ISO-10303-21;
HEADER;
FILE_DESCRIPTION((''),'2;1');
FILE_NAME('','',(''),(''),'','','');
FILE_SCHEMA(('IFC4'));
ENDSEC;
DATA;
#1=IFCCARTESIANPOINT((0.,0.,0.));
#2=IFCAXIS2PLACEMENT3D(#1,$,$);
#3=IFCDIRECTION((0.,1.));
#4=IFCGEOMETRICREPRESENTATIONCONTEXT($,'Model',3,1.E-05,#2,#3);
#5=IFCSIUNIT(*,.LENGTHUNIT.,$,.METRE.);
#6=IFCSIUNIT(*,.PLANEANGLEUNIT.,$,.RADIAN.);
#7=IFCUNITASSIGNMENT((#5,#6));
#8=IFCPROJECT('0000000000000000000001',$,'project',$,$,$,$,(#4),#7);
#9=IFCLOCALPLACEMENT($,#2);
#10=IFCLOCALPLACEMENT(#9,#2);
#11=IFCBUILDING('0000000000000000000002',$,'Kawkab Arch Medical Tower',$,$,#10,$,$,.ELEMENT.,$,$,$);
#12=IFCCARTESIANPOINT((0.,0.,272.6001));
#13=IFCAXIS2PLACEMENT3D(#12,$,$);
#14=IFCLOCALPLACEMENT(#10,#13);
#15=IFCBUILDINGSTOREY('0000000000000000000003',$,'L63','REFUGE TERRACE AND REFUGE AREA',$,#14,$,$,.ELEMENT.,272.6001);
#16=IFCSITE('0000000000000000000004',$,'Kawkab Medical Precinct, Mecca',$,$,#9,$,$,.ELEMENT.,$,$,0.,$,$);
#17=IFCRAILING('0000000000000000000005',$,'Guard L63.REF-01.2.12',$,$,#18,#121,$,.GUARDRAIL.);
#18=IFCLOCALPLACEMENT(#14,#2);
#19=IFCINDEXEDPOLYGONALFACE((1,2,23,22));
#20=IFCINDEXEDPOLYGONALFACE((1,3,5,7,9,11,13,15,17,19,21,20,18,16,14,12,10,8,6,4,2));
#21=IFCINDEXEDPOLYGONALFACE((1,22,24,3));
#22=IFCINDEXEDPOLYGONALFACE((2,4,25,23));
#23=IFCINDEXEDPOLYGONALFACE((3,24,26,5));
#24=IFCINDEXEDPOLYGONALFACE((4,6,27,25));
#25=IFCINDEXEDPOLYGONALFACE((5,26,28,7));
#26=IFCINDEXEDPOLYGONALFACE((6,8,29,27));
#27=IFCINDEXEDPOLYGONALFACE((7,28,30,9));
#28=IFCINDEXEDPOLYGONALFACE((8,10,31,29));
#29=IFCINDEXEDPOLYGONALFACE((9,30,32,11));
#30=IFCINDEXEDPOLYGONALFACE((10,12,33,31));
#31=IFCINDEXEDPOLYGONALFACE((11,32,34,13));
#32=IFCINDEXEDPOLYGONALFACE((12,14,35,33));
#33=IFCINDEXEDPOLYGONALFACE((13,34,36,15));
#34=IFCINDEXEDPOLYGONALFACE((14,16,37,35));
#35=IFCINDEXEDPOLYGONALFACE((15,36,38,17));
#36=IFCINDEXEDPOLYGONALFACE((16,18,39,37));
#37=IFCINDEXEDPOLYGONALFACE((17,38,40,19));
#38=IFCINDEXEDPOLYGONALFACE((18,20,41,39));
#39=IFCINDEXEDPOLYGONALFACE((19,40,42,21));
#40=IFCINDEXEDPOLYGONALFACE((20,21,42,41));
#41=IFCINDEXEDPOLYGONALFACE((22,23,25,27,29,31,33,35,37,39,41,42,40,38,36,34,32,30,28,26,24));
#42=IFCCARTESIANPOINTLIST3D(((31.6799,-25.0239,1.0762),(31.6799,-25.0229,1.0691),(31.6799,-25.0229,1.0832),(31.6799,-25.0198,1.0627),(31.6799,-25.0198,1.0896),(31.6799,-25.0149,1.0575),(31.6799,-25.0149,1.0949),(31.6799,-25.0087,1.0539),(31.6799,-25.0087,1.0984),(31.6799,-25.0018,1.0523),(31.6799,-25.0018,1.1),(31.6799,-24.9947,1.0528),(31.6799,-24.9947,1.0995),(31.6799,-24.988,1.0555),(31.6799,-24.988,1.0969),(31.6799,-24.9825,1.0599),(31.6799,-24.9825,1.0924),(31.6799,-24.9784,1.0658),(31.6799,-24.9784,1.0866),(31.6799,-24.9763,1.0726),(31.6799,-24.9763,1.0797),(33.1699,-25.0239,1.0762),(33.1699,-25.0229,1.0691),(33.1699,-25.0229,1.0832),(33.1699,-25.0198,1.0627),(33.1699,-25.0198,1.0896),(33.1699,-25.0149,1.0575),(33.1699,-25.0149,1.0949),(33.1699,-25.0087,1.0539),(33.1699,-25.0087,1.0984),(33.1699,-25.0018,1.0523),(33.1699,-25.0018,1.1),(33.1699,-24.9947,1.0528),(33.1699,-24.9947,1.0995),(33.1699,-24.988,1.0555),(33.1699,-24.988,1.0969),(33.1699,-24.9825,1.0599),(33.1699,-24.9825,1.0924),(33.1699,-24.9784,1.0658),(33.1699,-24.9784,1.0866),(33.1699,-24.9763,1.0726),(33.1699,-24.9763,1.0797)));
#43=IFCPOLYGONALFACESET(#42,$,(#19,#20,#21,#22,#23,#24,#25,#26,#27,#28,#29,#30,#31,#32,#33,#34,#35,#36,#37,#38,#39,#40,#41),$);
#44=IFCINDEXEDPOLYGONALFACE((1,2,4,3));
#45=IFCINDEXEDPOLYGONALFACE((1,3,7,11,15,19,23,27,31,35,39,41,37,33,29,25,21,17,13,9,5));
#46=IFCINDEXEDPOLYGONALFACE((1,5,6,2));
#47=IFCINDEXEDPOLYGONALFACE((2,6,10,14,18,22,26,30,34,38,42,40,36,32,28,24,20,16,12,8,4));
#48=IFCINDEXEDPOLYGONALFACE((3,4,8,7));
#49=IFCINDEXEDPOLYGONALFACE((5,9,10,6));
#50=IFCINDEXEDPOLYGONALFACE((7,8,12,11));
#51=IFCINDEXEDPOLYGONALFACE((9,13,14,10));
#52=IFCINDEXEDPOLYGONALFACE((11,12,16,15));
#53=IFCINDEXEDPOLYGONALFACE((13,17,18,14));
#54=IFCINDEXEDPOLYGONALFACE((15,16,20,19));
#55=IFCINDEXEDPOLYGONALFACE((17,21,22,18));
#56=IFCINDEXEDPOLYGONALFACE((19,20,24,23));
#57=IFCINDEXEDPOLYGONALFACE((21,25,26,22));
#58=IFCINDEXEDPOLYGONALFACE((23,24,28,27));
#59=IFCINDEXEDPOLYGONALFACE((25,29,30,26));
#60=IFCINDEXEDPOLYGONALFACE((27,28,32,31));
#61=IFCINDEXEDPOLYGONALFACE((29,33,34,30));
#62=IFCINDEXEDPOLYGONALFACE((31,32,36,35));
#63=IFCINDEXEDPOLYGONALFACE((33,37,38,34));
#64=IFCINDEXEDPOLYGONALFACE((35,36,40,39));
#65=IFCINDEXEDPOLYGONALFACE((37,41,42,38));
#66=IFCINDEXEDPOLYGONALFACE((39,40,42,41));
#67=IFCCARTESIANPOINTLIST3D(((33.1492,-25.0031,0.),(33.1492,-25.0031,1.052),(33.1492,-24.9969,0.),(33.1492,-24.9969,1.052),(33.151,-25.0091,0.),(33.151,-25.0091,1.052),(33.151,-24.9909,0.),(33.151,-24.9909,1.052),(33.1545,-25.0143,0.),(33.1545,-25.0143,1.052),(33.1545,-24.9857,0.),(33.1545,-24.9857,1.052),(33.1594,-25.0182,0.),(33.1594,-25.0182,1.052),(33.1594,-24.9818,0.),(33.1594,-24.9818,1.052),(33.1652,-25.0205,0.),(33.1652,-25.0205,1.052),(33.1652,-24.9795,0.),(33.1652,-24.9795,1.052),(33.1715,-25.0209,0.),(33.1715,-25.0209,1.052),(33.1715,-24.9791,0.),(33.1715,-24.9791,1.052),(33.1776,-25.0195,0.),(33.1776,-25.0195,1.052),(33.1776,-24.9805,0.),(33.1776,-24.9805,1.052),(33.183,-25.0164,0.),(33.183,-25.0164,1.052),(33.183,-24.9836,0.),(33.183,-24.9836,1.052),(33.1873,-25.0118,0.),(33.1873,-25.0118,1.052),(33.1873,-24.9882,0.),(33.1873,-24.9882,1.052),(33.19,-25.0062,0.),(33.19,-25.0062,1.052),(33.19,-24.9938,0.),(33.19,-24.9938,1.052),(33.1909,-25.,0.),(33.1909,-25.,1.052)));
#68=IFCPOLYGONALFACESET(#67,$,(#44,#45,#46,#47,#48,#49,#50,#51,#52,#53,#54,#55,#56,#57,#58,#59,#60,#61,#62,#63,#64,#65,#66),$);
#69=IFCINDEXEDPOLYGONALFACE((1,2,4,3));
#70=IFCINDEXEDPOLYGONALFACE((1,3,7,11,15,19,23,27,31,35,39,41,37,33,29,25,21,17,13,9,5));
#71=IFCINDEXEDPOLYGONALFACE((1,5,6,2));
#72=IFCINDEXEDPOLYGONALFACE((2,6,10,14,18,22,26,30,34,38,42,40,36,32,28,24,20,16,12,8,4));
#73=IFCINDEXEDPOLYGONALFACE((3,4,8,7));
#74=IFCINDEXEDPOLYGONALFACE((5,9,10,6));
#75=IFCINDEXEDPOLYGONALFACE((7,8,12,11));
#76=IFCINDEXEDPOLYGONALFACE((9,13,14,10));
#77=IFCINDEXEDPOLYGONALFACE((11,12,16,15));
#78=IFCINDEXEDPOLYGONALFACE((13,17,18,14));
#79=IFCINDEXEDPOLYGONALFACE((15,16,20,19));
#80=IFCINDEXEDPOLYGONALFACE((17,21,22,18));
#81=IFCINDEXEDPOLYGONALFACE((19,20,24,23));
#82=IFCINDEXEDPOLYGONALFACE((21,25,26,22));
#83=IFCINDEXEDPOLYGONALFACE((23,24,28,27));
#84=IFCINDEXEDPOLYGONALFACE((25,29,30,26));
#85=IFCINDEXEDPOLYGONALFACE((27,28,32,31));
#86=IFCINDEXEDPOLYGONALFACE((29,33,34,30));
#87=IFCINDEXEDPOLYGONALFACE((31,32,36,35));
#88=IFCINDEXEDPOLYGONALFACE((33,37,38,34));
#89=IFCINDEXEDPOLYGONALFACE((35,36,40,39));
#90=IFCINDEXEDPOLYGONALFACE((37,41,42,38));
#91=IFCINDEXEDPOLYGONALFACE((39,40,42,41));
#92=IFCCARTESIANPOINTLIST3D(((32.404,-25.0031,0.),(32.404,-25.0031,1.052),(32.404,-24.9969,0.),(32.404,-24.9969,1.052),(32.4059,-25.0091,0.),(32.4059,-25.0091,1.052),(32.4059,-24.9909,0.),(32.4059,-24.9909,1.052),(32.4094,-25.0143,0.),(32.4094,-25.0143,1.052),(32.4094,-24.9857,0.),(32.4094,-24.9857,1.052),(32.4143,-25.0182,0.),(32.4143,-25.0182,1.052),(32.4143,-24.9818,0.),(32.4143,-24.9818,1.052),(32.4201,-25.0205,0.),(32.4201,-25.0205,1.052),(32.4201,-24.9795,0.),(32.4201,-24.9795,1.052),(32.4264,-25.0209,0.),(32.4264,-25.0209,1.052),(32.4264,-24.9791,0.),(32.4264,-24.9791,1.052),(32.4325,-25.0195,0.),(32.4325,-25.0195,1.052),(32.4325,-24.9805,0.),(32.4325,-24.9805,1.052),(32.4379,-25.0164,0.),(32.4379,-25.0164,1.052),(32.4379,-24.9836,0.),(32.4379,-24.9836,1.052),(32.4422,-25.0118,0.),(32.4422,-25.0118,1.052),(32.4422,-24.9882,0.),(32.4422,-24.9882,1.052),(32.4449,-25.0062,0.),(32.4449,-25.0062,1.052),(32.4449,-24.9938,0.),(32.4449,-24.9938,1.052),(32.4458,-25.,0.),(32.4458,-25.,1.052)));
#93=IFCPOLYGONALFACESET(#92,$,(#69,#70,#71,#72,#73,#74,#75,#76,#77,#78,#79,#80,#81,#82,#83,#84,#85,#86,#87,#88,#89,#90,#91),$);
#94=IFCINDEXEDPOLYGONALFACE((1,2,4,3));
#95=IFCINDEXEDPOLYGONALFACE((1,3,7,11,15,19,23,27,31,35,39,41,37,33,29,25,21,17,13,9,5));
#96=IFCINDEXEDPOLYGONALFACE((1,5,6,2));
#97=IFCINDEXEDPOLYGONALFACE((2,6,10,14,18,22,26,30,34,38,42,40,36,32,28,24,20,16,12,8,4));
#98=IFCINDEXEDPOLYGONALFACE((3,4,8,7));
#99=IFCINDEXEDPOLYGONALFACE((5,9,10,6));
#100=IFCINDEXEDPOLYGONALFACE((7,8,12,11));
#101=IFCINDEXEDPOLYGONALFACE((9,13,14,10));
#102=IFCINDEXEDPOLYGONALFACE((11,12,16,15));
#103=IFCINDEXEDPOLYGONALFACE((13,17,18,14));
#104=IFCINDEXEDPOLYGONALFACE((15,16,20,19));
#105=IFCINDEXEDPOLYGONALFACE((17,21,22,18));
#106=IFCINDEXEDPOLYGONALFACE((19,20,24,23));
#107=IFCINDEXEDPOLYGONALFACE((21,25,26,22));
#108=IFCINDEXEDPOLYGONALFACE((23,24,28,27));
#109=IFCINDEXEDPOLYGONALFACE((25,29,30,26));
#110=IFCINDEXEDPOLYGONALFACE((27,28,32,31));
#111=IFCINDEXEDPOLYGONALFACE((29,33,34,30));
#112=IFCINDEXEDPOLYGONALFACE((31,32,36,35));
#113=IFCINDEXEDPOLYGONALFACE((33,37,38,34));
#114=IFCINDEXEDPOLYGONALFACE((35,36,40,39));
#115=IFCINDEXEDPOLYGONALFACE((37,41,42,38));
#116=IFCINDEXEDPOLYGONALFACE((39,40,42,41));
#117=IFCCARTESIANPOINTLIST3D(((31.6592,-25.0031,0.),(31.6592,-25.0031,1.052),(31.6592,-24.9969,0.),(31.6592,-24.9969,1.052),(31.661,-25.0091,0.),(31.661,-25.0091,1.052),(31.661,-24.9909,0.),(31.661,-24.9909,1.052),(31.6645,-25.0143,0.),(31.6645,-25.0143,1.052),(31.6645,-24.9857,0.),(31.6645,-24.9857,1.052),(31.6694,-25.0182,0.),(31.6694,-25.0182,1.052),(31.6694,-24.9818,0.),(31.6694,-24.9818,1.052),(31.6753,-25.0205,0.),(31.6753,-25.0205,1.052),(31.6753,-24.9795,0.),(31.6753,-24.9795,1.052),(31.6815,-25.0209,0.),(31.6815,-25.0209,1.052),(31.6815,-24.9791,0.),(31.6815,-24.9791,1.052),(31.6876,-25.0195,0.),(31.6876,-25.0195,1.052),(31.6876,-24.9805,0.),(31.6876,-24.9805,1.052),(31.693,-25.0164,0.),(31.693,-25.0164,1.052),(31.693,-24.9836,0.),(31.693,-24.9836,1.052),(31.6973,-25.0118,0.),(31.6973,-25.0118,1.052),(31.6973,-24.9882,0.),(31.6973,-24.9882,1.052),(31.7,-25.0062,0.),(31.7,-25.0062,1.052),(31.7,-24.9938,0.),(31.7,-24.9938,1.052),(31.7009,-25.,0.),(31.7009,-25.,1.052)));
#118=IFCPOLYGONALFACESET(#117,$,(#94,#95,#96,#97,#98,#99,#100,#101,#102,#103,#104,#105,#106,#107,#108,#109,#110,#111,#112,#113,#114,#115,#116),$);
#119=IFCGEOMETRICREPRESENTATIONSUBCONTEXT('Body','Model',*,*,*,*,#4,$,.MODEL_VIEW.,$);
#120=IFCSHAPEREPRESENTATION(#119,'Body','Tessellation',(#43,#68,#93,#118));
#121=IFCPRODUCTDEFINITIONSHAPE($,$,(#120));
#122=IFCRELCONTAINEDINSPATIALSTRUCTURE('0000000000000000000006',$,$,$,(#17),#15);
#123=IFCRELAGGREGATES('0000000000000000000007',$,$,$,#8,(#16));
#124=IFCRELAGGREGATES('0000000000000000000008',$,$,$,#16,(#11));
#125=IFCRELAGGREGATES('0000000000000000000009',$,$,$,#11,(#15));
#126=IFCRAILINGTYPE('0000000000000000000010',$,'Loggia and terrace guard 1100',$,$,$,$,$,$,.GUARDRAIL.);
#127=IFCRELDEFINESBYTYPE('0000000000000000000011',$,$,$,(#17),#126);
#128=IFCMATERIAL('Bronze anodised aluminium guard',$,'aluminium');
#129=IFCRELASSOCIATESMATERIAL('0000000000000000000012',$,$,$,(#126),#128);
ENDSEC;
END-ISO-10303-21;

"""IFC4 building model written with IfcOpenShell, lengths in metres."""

from ifc_helpers import new_model, si_unit, direction, frame, origin, origin_2d, place, context, subcontext, project, spatial, circle, extrude, material, type_object, element, save


model = new_model("IFC4")

# Units and contexts
model_context = context("Model", 3, precision=1e-05, world=origin(), true_north=direction((0.0, 1.0)))
body_context = subcontext(model_context, "Body", "Model", "MODEL_VIEW")
ifc_project = project(units=[si_unit("LENGTHUNIT", "METRE"), si_unit("PLANEANGLEUNIT", "RADIAN")], contexts=[model_context])

# Site, building, storey
site_placement = place(None, origin())
site = spatial("IfcSite", under=ifc_project, at=site_placement, Name="Kawkab Medical Precinct, Mecca", CompositionType="ELEMENT", RefElevation=0.0)
building_placement = place(site_placement, origin())
building = spatial("IfcBuilding", under=site, at=building_placement, Name="Kawkab Arch Medical Tower", CompositionType="ELEMENT")
storey_placement = place(building_placement, frame((0.0, 0.0, 272.6001)))
storey = spatial("IfcBuildingStorey", under=building, at=storey_placement, Name="L63", Description="REFUGE TERRACE AND REFUGE AREA", CompositionType="ELEMENT", Elevation=272.6001)

# Railing
ifc_material_1 = material(Name="Bronze anodised aluminium guard", Category="aluminium")
railing_type = type_object("IfcRailingType", Name="Loggia and terrace guard 1100", PredefinedType="GUARDRAIL", material=ifc_material_1)
railing_1_placement = place(storey_placement, frame((33.1699, -25.0, 0.0)))
element("IfcRailing", 1, at=railing_1_placement, inside=storey, type_object=railing_type, Name="Guard L63.REF-01.2.12", PredefinedType="GUARDRAIL", context=body_context, shape_type="SweptSolid", body=[
    extrude(circle(Radius=0.0239, at=origin_2d()), frame((0.0, 0.0, 1.0762), z_axis=(-1.0, 0.0, 0.0), x_axis=(0.0, -1.0, 0.0)), (0.0, 0.0, 1.0), 1.49),
    extrude(circle(Radius=0.021, at=origin_2d()), origin(), (0.0, 0.0, 1.0), 1.052),
    extrude(circle(Radius=0.021, at=origin_2d()), frame((-0.7451, 0.0, 0.0)), (0.0, 0.0, 1.0), 1.052),
    extrude(circle(Radius=0.021, at=origin_2d()), frame((-1.49, 0.0, 0.0)), (0.0, 0.0, 1.0), 1.052),
])

save(model, "model.ifc")
